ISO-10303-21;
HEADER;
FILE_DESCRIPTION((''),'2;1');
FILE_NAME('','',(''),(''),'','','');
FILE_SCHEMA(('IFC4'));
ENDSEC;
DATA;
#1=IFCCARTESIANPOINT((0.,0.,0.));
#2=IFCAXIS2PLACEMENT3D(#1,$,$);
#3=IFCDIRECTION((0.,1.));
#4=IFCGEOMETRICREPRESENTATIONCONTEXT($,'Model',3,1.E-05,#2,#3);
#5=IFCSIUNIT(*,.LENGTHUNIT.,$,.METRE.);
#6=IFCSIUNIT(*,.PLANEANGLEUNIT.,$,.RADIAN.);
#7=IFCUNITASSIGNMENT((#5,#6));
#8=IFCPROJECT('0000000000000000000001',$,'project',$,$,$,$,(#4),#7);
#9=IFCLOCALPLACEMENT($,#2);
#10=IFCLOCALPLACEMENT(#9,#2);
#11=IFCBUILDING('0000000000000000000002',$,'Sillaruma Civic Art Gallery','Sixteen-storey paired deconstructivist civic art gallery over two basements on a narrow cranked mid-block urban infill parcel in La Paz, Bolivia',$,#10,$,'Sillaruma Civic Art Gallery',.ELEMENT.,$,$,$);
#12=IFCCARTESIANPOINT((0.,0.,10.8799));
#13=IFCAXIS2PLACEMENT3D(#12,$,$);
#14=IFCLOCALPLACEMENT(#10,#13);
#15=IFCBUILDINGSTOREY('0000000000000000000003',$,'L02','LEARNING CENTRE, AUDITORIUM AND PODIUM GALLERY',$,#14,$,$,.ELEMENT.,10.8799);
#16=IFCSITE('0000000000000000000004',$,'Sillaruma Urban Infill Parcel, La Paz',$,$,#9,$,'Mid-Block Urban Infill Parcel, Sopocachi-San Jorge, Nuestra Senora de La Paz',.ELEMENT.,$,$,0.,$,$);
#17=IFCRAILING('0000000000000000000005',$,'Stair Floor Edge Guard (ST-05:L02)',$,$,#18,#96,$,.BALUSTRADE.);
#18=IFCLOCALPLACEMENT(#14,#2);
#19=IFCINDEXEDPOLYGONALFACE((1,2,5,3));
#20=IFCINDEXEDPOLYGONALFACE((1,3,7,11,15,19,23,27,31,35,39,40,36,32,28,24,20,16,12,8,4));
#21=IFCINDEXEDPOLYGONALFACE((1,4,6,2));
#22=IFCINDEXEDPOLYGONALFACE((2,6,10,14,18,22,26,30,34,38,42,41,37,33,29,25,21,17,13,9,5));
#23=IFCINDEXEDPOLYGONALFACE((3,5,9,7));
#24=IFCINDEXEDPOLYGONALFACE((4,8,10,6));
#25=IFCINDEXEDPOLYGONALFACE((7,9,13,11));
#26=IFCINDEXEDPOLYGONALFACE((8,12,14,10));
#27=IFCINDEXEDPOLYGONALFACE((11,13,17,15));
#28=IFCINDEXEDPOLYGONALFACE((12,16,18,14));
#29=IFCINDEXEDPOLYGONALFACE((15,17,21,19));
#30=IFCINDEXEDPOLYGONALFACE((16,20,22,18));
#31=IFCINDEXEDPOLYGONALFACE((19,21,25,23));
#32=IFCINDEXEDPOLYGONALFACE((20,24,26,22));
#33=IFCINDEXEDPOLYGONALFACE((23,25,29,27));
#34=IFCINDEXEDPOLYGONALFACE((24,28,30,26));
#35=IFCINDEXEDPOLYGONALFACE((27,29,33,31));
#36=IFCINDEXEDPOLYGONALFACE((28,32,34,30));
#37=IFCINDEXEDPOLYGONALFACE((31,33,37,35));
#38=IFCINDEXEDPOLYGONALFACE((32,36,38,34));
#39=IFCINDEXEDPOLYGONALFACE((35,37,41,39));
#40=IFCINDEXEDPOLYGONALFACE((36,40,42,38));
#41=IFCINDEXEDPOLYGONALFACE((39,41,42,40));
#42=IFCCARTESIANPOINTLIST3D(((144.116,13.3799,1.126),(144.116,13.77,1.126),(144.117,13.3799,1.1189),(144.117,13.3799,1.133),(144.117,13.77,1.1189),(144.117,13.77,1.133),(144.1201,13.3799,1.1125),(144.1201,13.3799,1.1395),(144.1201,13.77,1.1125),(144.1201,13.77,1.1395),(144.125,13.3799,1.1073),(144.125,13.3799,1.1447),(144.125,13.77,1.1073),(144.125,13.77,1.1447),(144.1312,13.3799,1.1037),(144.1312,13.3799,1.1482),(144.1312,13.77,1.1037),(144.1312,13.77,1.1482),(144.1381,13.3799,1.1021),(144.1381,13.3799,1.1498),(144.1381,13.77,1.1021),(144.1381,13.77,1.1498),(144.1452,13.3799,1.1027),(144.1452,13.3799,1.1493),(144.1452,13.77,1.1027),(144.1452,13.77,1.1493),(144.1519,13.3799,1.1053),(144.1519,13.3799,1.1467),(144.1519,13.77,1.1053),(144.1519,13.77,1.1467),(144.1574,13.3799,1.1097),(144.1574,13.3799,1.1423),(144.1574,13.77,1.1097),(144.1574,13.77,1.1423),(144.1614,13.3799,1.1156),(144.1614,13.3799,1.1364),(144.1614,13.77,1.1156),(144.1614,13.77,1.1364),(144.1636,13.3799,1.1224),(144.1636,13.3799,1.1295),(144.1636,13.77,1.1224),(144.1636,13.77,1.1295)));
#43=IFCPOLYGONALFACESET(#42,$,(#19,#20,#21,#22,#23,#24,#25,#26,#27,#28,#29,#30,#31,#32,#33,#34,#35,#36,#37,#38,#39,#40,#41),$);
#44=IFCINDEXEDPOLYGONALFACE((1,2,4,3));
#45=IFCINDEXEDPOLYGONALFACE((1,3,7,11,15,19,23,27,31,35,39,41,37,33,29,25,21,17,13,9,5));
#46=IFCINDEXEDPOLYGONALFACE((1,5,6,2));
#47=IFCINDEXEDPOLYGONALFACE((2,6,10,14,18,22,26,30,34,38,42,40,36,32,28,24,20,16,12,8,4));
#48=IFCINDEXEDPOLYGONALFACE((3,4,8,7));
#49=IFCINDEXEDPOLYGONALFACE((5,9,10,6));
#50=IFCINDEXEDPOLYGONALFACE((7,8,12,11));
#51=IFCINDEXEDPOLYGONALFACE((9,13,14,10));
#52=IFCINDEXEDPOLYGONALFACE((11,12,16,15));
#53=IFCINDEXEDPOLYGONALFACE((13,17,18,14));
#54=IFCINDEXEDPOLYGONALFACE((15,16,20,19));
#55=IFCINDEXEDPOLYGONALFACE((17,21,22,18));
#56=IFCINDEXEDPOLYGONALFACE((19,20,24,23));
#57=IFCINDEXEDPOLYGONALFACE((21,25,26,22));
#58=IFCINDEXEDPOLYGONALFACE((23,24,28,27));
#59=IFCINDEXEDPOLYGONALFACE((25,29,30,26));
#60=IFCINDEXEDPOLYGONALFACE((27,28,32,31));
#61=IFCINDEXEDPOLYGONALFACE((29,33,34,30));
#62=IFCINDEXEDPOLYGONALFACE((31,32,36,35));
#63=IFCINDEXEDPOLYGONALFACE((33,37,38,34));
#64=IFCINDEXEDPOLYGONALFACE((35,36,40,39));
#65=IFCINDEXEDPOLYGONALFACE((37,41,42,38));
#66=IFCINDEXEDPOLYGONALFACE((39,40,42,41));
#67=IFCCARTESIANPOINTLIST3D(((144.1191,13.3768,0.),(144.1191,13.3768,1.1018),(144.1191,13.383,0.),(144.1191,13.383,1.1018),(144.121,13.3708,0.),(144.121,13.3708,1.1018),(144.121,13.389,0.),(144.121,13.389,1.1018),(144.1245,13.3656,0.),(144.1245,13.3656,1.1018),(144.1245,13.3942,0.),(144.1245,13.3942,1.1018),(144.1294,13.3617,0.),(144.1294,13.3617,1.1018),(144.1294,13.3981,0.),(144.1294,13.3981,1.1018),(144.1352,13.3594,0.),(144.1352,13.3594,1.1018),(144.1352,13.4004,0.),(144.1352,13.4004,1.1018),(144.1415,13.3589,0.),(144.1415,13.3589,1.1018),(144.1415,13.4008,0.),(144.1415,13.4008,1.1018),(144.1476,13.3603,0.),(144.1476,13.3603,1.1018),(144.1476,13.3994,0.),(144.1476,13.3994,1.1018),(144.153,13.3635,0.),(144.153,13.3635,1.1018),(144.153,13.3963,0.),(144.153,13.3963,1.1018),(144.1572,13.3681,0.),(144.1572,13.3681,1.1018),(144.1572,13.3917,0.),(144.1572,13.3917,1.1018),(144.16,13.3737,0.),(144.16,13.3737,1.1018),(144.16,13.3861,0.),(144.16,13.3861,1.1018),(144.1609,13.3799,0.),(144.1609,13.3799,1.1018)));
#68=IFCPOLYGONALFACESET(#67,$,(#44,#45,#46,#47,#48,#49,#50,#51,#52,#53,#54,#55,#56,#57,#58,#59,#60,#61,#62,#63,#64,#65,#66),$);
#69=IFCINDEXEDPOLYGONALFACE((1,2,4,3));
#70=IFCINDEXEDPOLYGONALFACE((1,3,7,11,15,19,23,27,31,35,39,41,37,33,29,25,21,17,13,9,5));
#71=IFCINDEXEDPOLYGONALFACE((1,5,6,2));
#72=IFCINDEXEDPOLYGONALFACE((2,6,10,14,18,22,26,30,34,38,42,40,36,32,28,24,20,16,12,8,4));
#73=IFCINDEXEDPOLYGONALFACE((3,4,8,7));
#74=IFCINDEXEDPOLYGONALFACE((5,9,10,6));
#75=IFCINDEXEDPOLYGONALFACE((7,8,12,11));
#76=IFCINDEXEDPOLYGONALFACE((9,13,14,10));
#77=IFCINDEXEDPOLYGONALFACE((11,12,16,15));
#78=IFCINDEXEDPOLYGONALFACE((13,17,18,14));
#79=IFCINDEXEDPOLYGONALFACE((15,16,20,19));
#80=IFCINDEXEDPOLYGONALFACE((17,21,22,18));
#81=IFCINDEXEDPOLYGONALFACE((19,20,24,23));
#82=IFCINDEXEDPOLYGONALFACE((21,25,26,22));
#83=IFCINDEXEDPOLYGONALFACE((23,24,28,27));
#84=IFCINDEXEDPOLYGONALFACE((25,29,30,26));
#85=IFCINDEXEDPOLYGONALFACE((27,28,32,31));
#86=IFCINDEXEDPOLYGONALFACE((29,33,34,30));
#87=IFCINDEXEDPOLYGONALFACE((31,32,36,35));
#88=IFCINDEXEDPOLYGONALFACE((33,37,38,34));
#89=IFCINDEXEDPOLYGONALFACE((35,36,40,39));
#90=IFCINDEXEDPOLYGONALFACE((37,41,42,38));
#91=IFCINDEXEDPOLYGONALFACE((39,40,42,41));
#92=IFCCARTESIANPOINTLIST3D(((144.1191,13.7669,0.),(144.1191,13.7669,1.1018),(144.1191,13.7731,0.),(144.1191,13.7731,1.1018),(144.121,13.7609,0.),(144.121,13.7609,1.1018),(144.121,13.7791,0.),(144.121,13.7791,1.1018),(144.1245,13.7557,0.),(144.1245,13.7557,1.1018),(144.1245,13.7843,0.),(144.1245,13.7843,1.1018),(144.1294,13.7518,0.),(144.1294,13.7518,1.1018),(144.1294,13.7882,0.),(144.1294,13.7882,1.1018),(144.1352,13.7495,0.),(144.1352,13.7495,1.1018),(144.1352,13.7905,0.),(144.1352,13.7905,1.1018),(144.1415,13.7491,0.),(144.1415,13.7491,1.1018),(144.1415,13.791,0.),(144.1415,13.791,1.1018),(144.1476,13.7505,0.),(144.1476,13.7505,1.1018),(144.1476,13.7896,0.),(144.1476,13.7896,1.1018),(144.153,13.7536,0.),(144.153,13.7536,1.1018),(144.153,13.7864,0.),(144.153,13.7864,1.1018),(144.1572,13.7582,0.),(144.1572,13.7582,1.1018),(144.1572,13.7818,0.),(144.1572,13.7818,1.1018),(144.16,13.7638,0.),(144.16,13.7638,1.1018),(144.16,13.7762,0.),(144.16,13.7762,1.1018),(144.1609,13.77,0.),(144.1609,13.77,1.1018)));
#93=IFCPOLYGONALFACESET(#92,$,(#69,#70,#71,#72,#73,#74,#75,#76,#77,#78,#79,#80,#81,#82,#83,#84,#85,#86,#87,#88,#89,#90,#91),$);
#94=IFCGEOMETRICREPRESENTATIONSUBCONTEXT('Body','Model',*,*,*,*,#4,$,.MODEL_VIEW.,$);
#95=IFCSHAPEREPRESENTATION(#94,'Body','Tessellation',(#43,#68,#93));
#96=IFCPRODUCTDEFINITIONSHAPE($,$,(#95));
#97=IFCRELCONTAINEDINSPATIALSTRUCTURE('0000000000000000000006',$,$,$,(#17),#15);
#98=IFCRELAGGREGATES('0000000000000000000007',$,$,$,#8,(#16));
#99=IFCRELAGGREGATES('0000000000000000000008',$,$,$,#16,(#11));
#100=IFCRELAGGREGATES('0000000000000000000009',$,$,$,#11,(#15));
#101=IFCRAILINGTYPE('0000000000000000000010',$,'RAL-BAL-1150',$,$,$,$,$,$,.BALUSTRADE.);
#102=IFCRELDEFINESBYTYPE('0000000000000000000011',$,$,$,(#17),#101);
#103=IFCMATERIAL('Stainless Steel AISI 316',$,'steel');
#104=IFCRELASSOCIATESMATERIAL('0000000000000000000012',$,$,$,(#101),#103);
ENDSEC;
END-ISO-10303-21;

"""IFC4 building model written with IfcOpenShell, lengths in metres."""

from ifc_helpers import new_model, si_unit, direction, frame, origin, origin_2d, place, context, subcontext, project, spatial, circle, extrude, material, type_object, element, save


model = new_model("IFC4")

# Units and contexts
model_context = context("Model", 3, precision=1e-05, world=origin(), true_north=direction((0.0, 1.0)))
body_context = subcontext(model_context, "Body", "Model", "MODEL_VIEW")
ifc_project = project(units=[si_unit("LENGTHUNIT", "METRE"), si_unit("PLANEANGLEUNIT", "RADIAN")], contexts=[model_context])

# Site, building, storey
site_placement = place(None, origin())
site = spatial("IfcSite", under=ifc_project, at=site_placement, Name="Sillaruma Urban Infill Parcel, La Paz", LongName="Mid-Block Urban Infill Parcel, Sopocachi-San Jorge, Nuestra Senora de La Paz", CompositionType="ELEMENT", RefElevation=0.0)
building_placement = place(site_placement, origin())
building = spatial("IfcBuilding", under=site, at=building_placement, Name="Sillaruma Civic Art Gallery", Description="Sixteen-storey paired deconstructivist civic art gallery over two basements on a narrow cranked mid-block urban infill parcel in La Paz, Bolivia", LongName="Sillaruma Civic Art Gallery", CompositionType="ELEMENT")
storey_placement = place(building_placement, frame((0.0, 0.0, 10.8799)))
storey = spatial("IfcBuildingStorey", under=building, at=storey_placement, Name="L02", Description="LEARNING CENTRE, AUDITORIUM AND PODIUM GALLERY", CompositionType="ELEMENT", Elevation=10.8799)

# Railing
ifc_material_1 = material(Name="Stainless Steel AISI 316", Category="steel")
railing_type_1 = type_object("IfcRailingType", Name="RAL-BAL-1150", PredefinedType="BALUSTRADE", material=ifc_material_1)
railing_1_placement = place(storey_placement, frame((144.1399, 13.3799, 0.0)))
element("IfcRailing", 1, at=railing_1_placement, inside=storey, type_object=railing_type_1, Name="Stair Floor Edge Guard (ST-05:L02)", PredefinedType="BALUSTRADE", context=body_context, shape_type="SweptSolid", body=[
    extrude(circle(Radius=0.0239, at=origin_2d()), frame((0.0, 0.0, 1.126), z_axis=(0.0, 1.0, 0.0), x_axis=(-1.0, 0.0, 0.0)), (0.0, 0.0, 1.0), 0.3901),
    extrude(circle(Radius=0.021, at=origin_2d()), origin(), (0.0, 0.0, 1.0), 1.1018),
    extrude(circle(Radius=0.021, at=origin_2d()), frame((0.0, 0.3901, 0.0)), (0.0, 0.0, 1.0), 1.1018),
])

save(model, "model.ifc")
